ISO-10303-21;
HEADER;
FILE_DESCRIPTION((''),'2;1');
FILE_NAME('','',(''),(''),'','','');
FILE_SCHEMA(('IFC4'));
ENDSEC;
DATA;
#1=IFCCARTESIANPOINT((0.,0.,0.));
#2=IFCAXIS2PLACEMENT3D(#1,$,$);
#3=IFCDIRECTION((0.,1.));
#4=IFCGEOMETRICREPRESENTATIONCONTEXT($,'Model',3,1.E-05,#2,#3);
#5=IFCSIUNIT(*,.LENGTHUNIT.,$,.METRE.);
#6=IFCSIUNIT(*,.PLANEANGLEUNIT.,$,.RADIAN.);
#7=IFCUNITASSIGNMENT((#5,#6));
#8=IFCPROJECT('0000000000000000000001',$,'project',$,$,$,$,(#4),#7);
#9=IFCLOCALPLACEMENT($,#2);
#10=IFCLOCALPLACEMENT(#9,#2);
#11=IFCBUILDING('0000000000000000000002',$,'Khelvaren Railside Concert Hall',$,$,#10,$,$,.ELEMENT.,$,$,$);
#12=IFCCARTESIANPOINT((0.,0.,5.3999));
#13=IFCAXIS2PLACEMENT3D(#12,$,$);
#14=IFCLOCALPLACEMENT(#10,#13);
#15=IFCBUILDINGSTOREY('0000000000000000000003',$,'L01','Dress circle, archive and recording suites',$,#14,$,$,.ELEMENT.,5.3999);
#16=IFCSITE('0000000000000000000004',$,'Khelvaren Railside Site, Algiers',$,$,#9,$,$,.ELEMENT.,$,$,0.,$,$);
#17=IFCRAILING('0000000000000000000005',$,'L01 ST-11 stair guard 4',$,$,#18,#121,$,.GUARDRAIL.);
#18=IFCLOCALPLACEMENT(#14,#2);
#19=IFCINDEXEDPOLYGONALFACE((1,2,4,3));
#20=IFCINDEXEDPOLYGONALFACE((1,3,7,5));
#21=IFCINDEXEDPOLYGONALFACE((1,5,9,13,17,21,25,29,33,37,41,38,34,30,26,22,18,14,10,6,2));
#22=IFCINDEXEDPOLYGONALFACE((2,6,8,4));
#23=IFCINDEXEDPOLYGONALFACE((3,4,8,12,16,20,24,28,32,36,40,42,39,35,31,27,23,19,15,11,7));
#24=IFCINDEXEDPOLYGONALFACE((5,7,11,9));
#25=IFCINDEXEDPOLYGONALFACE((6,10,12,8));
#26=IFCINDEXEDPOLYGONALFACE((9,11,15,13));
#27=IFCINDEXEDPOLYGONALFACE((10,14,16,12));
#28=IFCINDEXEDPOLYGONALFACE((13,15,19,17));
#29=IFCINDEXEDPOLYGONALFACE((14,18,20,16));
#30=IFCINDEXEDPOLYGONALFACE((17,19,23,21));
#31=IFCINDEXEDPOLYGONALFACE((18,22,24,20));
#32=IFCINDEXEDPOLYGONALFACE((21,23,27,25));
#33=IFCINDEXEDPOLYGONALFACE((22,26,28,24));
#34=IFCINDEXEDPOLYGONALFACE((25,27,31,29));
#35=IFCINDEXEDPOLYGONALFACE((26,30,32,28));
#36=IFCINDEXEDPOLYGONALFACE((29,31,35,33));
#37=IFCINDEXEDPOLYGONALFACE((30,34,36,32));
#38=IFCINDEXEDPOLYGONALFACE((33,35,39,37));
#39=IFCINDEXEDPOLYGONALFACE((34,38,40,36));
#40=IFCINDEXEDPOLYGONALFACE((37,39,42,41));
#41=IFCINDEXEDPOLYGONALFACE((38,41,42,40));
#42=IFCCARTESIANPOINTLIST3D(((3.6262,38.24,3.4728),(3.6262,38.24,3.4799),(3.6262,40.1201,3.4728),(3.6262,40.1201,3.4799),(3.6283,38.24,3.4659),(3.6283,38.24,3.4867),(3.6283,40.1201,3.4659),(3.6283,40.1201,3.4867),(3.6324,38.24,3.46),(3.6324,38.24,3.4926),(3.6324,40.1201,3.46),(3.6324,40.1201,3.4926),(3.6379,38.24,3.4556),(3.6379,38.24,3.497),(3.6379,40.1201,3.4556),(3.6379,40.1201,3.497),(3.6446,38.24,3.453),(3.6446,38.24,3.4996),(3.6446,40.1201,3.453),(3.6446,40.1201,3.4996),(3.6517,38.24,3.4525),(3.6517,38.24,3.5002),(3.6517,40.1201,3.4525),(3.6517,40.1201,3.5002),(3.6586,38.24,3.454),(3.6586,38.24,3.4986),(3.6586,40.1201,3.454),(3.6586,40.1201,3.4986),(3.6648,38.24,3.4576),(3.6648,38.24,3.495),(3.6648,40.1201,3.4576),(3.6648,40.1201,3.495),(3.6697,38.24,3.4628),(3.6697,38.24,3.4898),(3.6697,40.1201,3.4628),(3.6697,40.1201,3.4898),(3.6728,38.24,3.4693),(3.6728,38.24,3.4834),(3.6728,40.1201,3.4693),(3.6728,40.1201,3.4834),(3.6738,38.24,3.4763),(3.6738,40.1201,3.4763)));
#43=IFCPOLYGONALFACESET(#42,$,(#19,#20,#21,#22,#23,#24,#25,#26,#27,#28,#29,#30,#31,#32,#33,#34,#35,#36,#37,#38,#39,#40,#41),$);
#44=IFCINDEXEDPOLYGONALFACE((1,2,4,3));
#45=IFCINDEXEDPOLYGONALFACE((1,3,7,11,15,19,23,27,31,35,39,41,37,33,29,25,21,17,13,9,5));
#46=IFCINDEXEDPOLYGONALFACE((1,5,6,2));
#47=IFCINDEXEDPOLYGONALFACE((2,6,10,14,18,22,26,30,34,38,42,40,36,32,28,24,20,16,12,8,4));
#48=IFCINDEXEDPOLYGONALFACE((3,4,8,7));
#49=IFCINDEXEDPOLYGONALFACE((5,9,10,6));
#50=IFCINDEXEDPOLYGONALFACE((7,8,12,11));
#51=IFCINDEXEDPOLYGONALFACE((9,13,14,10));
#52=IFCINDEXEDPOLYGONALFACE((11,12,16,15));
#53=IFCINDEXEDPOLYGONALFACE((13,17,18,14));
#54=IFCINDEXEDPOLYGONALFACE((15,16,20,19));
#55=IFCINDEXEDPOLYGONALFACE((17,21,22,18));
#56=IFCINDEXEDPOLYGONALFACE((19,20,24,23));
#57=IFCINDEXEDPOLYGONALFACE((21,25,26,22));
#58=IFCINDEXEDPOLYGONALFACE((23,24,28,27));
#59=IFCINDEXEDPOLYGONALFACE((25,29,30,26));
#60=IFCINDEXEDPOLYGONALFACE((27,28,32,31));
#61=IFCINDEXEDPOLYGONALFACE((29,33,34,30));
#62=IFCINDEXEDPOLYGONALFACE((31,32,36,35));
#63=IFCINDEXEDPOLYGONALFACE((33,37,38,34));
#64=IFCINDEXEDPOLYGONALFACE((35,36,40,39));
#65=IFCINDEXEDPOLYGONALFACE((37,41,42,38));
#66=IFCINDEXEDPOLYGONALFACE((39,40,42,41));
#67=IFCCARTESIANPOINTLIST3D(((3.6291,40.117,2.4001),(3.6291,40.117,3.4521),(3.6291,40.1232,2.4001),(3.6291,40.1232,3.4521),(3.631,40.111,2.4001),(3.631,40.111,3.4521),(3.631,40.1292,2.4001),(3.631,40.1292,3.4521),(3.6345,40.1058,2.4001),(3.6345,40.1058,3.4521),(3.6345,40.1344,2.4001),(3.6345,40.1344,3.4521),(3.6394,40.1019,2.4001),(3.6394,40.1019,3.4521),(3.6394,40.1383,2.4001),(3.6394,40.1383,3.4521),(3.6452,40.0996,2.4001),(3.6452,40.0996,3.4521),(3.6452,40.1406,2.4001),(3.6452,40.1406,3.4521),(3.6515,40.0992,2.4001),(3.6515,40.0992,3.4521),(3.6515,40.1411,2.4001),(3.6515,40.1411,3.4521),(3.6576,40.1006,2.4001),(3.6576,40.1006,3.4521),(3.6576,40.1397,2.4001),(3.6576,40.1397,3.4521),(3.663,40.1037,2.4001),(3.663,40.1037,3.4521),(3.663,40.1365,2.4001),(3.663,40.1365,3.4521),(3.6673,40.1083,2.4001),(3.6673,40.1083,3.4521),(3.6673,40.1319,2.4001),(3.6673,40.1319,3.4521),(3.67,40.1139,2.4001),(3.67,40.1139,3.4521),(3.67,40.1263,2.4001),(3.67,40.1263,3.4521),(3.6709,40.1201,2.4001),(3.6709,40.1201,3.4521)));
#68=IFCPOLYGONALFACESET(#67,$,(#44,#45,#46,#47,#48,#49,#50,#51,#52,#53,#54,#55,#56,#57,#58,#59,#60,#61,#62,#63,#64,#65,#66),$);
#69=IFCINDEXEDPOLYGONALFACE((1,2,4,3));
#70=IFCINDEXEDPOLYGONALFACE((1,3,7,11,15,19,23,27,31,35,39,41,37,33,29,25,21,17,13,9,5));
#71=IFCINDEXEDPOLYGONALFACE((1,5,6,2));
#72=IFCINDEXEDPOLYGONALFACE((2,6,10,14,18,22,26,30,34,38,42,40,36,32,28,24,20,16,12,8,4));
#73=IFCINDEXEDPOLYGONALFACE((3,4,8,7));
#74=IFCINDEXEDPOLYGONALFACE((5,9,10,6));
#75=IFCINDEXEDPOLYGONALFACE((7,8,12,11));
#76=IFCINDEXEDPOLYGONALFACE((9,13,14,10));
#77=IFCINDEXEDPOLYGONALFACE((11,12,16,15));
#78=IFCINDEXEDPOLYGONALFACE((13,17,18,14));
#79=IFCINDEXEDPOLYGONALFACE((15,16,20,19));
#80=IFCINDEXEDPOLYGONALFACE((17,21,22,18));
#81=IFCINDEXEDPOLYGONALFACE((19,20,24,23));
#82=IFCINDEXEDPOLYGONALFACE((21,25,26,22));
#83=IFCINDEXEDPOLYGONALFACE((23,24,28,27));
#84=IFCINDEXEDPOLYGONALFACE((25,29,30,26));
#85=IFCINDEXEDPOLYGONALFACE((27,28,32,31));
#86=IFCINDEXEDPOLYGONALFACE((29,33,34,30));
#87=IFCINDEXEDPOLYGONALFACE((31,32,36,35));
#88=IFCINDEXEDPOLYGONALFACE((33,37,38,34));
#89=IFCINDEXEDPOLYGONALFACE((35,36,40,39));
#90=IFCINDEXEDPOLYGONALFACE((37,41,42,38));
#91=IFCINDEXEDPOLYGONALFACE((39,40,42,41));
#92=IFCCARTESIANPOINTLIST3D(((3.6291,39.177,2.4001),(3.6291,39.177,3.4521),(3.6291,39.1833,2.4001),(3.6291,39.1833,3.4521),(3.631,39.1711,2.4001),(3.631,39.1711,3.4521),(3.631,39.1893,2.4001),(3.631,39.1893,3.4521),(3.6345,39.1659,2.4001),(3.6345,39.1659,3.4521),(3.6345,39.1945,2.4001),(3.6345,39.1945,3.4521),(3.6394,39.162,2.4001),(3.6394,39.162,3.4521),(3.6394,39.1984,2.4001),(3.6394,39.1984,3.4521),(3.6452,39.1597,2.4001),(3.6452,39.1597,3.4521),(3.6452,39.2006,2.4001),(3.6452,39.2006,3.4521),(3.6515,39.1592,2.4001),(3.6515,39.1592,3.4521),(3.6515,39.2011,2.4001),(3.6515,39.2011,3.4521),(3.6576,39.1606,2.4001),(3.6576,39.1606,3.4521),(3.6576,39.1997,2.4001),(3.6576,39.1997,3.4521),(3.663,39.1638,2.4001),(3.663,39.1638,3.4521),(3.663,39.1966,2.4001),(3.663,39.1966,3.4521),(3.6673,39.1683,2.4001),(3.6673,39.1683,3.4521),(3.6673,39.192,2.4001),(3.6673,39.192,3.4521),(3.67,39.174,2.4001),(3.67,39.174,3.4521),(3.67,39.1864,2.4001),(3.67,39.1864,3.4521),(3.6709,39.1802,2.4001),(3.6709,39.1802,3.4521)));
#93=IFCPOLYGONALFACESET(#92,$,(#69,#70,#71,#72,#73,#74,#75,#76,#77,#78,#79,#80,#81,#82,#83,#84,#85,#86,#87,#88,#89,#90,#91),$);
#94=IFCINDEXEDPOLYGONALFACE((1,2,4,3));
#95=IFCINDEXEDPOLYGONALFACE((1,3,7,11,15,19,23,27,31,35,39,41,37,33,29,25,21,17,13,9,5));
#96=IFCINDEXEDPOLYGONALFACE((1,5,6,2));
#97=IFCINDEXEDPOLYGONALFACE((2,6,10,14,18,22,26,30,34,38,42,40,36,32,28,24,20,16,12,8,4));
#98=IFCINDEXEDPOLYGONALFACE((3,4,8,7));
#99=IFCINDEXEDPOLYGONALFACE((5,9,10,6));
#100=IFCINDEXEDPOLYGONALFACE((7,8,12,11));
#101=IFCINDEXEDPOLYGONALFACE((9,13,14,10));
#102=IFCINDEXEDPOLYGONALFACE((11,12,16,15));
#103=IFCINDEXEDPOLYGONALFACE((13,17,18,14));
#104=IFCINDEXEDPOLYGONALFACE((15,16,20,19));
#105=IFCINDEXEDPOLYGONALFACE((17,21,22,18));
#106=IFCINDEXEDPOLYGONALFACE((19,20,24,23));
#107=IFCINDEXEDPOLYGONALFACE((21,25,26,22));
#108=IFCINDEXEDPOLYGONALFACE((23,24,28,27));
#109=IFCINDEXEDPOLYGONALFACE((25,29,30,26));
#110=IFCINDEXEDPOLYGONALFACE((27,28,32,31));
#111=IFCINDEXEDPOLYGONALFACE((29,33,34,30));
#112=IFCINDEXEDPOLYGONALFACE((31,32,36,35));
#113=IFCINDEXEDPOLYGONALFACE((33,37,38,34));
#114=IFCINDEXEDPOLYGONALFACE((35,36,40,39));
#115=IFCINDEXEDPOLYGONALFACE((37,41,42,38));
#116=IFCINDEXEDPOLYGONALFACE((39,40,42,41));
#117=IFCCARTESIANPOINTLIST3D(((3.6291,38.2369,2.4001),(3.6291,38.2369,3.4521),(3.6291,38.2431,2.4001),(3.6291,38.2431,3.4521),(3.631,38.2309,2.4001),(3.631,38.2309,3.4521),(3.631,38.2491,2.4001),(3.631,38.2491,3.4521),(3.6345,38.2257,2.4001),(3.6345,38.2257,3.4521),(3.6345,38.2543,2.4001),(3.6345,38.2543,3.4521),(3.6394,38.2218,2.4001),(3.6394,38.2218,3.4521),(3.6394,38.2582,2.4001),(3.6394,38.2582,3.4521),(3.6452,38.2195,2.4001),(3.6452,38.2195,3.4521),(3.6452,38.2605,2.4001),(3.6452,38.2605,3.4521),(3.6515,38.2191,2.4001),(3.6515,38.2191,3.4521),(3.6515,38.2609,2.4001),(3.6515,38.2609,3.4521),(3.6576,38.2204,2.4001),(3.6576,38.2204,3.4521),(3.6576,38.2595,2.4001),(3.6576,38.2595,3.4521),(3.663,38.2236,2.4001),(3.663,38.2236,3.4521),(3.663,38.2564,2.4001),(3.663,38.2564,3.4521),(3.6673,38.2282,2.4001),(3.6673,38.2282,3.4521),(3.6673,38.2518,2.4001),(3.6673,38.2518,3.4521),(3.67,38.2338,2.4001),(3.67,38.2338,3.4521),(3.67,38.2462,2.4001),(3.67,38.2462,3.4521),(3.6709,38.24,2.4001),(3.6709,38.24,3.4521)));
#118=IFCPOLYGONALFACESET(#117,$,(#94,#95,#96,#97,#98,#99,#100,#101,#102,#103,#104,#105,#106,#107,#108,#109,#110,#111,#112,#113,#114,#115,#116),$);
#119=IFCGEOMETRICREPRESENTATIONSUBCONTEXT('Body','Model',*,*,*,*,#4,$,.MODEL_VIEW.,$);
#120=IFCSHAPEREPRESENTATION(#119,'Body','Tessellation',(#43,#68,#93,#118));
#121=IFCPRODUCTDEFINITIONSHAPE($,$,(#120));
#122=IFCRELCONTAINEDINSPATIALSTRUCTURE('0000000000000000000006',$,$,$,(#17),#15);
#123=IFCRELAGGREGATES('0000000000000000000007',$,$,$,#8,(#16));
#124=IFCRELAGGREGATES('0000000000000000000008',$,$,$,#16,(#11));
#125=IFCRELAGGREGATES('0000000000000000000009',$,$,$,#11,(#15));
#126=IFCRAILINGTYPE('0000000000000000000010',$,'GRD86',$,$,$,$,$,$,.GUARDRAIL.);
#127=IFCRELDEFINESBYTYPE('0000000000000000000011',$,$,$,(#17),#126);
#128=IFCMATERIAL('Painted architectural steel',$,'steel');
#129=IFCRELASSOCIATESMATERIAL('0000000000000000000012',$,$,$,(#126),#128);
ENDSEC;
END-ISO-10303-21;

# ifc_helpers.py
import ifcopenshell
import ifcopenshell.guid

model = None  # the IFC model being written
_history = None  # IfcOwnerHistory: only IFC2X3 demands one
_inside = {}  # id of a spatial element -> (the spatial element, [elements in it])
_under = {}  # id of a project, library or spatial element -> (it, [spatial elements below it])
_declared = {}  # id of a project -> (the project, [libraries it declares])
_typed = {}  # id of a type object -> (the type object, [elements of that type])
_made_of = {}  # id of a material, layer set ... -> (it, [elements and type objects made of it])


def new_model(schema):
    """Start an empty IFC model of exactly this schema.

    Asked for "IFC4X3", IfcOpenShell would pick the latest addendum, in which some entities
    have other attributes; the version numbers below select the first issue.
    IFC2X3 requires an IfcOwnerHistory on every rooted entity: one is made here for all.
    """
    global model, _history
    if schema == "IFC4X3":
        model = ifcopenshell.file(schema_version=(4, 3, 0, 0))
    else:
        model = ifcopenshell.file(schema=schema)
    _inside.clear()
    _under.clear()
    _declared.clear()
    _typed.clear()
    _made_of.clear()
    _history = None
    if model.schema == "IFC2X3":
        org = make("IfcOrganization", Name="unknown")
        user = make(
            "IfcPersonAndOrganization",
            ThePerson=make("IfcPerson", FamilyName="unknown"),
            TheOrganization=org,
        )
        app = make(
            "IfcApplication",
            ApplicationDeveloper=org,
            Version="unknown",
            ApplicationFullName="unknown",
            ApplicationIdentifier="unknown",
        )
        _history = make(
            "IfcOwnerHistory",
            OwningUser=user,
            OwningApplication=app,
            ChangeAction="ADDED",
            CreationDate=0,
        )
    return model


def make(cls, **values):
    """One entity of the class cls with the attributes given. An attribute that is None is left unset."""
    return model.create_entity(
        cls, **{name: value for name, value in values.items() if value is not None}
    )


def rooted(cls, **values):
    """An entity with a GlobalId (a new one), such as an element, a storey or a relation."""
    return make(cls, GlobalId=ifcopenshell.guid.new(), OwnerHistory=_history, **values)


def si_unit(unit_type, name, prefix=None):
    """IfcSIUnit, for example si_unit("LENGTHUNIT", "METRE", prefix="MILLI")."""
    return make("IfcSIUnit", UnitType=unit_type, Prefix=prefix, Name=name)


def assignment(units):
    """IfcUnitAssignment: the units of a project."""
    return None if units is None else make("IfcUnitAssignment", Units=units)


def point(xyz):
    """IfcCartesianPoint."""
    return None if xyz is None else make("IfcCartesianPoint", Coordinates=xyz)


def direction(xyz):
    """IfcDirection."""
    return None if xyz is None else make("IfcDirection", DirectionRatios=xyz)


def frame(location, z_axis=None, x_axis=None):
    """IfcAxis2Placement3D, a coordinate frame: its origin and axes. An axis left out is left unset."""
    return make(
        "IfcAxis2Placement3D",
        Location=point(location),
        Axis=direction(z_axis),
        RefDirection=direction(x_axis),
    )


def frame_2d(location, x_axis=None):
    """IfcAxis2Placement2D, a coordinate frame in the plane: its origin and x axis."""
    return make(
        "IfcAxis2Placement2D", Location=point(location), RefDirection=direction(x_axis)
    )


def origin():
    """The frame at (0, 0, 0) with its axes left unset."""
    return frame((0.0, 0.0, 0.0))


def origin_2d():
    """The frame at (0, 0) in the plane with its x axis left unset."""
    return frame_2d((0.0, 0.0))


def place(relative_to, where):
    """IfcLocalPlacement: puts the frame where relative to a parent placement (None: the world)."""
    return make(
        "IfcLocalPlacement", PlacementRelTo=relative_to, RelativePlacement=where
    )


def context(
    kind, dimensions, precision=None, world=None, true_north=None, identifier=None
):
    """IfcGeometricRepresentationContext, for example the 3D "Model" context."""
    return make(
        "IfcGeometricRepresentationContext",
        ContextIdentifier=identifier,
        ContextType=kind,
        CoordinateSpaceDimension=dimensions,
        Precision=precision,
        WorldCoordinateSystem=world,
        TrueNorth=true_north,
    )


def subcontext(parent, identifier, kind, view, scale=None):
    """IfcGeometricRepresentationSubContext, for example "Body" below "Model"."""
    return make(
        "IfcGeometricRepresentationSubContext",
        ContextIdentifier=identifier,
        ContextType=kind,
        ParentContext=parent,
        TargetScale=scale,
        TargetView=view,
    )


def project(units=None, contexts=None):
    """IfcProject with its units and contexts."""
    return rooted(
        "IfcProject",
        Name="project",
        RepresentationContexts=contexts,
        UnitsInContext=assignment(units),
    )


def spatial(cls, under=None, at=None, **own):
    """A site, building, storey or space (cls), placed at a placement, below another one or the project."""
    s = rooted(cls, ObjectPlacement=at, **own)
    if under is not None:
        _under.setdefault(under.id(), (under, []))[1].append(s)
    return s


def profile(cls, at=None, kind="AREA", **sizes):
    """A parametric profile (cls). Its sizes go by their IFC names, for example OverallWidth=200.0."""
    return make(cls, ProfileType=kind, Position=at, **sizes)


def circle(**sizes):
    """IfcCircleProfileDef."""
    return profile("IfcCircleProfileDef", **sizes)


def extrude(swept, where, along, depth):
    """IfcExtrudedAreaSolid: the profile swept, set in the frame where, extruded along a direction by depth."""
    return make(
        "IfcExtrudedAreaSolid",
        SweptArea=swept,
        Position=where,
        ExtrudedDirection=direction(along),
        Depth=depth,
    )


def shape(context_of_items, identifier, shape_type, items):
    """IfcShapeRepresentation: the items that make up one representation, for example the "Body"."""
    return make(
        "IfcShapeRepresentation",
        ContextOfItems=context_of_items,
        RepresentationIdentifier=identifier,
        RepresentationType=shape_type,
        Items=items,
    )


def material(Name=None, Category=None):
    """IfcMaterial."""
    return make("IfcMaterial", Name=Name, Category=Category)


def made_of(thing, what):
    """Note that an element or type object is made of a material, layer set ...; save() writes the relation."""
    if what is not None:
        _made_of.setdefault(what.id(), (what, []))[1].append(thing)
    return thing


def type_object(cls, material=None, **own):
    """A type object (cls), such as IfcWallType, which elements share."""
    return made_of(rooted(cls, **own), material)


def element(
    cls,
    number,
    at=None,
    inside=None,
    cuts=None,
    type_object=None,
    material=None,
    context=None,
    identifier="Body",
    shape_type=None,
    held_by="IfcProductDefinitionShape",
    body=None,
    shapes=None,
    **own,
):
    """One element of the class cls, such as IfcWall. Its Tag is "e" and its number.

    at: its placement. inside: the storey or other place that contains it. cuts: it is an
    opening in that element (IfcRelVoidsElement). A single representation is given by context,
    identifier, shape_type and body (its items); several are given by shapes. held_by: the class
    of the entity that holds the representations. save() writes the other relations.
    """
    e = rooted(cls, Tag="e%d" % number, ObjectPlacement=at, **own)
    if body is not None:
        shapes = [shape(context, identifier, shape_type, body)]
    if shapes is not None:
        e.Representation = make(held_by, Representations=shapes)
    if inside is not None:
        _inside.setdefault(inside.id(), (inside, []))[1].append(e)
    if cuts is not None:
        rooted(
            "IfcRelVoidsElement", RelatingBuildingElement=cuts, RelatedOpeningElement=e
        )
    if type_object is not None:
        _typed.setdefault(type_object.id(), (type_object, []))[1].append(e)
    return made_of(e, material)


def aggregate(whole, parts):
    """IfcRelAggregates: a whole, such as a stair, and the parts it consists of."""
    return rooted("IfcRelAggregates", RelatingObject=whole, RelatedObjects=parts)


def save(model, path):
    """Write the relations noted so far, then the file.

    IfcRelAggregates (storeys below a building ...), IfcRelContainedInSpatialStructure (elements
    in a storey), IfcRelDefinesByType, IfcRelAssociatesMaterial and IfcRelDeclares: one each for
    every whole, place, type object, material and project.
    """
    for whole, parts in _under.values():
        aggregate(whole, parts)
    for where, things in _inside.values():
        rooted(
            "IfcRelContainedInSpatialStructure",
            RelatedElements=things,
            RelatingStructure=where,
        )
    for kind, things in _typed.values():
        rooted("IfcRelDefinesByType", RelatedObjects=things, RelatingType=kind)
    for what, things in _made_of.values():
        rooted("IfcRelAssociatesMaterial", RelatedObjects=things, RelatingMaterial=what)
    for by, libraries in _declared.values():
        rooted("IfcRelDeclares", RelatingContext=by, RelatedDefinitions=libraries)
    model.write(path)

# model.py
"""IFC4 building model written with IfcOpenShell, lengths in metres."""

from ifc_helpers import new_model, si_unit, direction, frame, origin, origin_2d, place, context, subcontext, project, spatial, circle, extrude, material, type_object, element, save


model = new_model("IFC4")

# Units and contexts
model_context = context("Model", 3, precision=1e-05, world=origin(), true_north=direction((0.0, 1.0)))
body_context = subcontext(model_context, "Body", "Model", "MODEL_VIEW")
ifc_project = project(units=[si_unit("LENGTHUNIT", "METRE"), si_unit("PLANEANGLEUNIT", "RADIAN")], contexts=[model_context])

# Site, building, storey
site_placement = place(None, origin())
site = spatial("IfcSite", under=ifc_project, at=site_placement, Name="Khelvaren Railside Site, Algiers", CompositionType="ELEMENT", RefElevation=0.0)
building_placement = place(site_placement, origin())
building = spatial("IfcBuilding", under=site, at=building_placement, Name="Khelvaren Railside Concert Hall", CompositionType="ELEMENT")
storey_placement = place(building_placement, frame((0.0, 0.0, 5.3999)))
storey = spatial("IfcBuildingStorey", under=building, at=storey_placement, Name="L01", Description="Dress circle, archive and recording suites", CompositionType="ELEMENT", Elevation=5.3999)

# Railing
ifc_material_1 = material(Name="Painted architectural steel", Category="steel")
railing_type_1 = type_object("IfcRailingType", Name="GRD86", PredefinedType="GUARDRAIL", material=ifc_material_1)
for number, where, name in (
    (1, (3.6499, 40.1201, 2.4001), "L01 ST-11 stair guard 4"),
):
    element("IfcRailing", number, at=place(storey_placement, frame(where)), inside=storey, type_object=railing_type_1, Name=name, PredefinedType="GUARDRAIL", context=body_context, shape_type="SweptSolid", body=[
        extrude(circle(Radius=0.0239, at=origin_2d()), frame((0.0, 0.0, 1.0762), z_axis=(0.0, -1.0, 0.0), x_axis=(1.0, 0.0, 0.0)), (0.0, 0.0, 1.0), 1.8801),
        extrude(circle(Radius=0.021, at=origin_2d()), origin(), (0.0, 0.0, 1.0), 1.052),
        extrude(circle(Radius=0.021, at=origin_2d()), frame((0.0, -0.9399, 0.0)), (0.0, 0.0, 1.0), 1.052),
        extrude(circle(Radius=0.021, at=origin_2d()), frame((0.0, -1.8801, 0.0)), (0.0, 0.0, 1.0), 1.052),
    ])

save(model, "model.ifc")
